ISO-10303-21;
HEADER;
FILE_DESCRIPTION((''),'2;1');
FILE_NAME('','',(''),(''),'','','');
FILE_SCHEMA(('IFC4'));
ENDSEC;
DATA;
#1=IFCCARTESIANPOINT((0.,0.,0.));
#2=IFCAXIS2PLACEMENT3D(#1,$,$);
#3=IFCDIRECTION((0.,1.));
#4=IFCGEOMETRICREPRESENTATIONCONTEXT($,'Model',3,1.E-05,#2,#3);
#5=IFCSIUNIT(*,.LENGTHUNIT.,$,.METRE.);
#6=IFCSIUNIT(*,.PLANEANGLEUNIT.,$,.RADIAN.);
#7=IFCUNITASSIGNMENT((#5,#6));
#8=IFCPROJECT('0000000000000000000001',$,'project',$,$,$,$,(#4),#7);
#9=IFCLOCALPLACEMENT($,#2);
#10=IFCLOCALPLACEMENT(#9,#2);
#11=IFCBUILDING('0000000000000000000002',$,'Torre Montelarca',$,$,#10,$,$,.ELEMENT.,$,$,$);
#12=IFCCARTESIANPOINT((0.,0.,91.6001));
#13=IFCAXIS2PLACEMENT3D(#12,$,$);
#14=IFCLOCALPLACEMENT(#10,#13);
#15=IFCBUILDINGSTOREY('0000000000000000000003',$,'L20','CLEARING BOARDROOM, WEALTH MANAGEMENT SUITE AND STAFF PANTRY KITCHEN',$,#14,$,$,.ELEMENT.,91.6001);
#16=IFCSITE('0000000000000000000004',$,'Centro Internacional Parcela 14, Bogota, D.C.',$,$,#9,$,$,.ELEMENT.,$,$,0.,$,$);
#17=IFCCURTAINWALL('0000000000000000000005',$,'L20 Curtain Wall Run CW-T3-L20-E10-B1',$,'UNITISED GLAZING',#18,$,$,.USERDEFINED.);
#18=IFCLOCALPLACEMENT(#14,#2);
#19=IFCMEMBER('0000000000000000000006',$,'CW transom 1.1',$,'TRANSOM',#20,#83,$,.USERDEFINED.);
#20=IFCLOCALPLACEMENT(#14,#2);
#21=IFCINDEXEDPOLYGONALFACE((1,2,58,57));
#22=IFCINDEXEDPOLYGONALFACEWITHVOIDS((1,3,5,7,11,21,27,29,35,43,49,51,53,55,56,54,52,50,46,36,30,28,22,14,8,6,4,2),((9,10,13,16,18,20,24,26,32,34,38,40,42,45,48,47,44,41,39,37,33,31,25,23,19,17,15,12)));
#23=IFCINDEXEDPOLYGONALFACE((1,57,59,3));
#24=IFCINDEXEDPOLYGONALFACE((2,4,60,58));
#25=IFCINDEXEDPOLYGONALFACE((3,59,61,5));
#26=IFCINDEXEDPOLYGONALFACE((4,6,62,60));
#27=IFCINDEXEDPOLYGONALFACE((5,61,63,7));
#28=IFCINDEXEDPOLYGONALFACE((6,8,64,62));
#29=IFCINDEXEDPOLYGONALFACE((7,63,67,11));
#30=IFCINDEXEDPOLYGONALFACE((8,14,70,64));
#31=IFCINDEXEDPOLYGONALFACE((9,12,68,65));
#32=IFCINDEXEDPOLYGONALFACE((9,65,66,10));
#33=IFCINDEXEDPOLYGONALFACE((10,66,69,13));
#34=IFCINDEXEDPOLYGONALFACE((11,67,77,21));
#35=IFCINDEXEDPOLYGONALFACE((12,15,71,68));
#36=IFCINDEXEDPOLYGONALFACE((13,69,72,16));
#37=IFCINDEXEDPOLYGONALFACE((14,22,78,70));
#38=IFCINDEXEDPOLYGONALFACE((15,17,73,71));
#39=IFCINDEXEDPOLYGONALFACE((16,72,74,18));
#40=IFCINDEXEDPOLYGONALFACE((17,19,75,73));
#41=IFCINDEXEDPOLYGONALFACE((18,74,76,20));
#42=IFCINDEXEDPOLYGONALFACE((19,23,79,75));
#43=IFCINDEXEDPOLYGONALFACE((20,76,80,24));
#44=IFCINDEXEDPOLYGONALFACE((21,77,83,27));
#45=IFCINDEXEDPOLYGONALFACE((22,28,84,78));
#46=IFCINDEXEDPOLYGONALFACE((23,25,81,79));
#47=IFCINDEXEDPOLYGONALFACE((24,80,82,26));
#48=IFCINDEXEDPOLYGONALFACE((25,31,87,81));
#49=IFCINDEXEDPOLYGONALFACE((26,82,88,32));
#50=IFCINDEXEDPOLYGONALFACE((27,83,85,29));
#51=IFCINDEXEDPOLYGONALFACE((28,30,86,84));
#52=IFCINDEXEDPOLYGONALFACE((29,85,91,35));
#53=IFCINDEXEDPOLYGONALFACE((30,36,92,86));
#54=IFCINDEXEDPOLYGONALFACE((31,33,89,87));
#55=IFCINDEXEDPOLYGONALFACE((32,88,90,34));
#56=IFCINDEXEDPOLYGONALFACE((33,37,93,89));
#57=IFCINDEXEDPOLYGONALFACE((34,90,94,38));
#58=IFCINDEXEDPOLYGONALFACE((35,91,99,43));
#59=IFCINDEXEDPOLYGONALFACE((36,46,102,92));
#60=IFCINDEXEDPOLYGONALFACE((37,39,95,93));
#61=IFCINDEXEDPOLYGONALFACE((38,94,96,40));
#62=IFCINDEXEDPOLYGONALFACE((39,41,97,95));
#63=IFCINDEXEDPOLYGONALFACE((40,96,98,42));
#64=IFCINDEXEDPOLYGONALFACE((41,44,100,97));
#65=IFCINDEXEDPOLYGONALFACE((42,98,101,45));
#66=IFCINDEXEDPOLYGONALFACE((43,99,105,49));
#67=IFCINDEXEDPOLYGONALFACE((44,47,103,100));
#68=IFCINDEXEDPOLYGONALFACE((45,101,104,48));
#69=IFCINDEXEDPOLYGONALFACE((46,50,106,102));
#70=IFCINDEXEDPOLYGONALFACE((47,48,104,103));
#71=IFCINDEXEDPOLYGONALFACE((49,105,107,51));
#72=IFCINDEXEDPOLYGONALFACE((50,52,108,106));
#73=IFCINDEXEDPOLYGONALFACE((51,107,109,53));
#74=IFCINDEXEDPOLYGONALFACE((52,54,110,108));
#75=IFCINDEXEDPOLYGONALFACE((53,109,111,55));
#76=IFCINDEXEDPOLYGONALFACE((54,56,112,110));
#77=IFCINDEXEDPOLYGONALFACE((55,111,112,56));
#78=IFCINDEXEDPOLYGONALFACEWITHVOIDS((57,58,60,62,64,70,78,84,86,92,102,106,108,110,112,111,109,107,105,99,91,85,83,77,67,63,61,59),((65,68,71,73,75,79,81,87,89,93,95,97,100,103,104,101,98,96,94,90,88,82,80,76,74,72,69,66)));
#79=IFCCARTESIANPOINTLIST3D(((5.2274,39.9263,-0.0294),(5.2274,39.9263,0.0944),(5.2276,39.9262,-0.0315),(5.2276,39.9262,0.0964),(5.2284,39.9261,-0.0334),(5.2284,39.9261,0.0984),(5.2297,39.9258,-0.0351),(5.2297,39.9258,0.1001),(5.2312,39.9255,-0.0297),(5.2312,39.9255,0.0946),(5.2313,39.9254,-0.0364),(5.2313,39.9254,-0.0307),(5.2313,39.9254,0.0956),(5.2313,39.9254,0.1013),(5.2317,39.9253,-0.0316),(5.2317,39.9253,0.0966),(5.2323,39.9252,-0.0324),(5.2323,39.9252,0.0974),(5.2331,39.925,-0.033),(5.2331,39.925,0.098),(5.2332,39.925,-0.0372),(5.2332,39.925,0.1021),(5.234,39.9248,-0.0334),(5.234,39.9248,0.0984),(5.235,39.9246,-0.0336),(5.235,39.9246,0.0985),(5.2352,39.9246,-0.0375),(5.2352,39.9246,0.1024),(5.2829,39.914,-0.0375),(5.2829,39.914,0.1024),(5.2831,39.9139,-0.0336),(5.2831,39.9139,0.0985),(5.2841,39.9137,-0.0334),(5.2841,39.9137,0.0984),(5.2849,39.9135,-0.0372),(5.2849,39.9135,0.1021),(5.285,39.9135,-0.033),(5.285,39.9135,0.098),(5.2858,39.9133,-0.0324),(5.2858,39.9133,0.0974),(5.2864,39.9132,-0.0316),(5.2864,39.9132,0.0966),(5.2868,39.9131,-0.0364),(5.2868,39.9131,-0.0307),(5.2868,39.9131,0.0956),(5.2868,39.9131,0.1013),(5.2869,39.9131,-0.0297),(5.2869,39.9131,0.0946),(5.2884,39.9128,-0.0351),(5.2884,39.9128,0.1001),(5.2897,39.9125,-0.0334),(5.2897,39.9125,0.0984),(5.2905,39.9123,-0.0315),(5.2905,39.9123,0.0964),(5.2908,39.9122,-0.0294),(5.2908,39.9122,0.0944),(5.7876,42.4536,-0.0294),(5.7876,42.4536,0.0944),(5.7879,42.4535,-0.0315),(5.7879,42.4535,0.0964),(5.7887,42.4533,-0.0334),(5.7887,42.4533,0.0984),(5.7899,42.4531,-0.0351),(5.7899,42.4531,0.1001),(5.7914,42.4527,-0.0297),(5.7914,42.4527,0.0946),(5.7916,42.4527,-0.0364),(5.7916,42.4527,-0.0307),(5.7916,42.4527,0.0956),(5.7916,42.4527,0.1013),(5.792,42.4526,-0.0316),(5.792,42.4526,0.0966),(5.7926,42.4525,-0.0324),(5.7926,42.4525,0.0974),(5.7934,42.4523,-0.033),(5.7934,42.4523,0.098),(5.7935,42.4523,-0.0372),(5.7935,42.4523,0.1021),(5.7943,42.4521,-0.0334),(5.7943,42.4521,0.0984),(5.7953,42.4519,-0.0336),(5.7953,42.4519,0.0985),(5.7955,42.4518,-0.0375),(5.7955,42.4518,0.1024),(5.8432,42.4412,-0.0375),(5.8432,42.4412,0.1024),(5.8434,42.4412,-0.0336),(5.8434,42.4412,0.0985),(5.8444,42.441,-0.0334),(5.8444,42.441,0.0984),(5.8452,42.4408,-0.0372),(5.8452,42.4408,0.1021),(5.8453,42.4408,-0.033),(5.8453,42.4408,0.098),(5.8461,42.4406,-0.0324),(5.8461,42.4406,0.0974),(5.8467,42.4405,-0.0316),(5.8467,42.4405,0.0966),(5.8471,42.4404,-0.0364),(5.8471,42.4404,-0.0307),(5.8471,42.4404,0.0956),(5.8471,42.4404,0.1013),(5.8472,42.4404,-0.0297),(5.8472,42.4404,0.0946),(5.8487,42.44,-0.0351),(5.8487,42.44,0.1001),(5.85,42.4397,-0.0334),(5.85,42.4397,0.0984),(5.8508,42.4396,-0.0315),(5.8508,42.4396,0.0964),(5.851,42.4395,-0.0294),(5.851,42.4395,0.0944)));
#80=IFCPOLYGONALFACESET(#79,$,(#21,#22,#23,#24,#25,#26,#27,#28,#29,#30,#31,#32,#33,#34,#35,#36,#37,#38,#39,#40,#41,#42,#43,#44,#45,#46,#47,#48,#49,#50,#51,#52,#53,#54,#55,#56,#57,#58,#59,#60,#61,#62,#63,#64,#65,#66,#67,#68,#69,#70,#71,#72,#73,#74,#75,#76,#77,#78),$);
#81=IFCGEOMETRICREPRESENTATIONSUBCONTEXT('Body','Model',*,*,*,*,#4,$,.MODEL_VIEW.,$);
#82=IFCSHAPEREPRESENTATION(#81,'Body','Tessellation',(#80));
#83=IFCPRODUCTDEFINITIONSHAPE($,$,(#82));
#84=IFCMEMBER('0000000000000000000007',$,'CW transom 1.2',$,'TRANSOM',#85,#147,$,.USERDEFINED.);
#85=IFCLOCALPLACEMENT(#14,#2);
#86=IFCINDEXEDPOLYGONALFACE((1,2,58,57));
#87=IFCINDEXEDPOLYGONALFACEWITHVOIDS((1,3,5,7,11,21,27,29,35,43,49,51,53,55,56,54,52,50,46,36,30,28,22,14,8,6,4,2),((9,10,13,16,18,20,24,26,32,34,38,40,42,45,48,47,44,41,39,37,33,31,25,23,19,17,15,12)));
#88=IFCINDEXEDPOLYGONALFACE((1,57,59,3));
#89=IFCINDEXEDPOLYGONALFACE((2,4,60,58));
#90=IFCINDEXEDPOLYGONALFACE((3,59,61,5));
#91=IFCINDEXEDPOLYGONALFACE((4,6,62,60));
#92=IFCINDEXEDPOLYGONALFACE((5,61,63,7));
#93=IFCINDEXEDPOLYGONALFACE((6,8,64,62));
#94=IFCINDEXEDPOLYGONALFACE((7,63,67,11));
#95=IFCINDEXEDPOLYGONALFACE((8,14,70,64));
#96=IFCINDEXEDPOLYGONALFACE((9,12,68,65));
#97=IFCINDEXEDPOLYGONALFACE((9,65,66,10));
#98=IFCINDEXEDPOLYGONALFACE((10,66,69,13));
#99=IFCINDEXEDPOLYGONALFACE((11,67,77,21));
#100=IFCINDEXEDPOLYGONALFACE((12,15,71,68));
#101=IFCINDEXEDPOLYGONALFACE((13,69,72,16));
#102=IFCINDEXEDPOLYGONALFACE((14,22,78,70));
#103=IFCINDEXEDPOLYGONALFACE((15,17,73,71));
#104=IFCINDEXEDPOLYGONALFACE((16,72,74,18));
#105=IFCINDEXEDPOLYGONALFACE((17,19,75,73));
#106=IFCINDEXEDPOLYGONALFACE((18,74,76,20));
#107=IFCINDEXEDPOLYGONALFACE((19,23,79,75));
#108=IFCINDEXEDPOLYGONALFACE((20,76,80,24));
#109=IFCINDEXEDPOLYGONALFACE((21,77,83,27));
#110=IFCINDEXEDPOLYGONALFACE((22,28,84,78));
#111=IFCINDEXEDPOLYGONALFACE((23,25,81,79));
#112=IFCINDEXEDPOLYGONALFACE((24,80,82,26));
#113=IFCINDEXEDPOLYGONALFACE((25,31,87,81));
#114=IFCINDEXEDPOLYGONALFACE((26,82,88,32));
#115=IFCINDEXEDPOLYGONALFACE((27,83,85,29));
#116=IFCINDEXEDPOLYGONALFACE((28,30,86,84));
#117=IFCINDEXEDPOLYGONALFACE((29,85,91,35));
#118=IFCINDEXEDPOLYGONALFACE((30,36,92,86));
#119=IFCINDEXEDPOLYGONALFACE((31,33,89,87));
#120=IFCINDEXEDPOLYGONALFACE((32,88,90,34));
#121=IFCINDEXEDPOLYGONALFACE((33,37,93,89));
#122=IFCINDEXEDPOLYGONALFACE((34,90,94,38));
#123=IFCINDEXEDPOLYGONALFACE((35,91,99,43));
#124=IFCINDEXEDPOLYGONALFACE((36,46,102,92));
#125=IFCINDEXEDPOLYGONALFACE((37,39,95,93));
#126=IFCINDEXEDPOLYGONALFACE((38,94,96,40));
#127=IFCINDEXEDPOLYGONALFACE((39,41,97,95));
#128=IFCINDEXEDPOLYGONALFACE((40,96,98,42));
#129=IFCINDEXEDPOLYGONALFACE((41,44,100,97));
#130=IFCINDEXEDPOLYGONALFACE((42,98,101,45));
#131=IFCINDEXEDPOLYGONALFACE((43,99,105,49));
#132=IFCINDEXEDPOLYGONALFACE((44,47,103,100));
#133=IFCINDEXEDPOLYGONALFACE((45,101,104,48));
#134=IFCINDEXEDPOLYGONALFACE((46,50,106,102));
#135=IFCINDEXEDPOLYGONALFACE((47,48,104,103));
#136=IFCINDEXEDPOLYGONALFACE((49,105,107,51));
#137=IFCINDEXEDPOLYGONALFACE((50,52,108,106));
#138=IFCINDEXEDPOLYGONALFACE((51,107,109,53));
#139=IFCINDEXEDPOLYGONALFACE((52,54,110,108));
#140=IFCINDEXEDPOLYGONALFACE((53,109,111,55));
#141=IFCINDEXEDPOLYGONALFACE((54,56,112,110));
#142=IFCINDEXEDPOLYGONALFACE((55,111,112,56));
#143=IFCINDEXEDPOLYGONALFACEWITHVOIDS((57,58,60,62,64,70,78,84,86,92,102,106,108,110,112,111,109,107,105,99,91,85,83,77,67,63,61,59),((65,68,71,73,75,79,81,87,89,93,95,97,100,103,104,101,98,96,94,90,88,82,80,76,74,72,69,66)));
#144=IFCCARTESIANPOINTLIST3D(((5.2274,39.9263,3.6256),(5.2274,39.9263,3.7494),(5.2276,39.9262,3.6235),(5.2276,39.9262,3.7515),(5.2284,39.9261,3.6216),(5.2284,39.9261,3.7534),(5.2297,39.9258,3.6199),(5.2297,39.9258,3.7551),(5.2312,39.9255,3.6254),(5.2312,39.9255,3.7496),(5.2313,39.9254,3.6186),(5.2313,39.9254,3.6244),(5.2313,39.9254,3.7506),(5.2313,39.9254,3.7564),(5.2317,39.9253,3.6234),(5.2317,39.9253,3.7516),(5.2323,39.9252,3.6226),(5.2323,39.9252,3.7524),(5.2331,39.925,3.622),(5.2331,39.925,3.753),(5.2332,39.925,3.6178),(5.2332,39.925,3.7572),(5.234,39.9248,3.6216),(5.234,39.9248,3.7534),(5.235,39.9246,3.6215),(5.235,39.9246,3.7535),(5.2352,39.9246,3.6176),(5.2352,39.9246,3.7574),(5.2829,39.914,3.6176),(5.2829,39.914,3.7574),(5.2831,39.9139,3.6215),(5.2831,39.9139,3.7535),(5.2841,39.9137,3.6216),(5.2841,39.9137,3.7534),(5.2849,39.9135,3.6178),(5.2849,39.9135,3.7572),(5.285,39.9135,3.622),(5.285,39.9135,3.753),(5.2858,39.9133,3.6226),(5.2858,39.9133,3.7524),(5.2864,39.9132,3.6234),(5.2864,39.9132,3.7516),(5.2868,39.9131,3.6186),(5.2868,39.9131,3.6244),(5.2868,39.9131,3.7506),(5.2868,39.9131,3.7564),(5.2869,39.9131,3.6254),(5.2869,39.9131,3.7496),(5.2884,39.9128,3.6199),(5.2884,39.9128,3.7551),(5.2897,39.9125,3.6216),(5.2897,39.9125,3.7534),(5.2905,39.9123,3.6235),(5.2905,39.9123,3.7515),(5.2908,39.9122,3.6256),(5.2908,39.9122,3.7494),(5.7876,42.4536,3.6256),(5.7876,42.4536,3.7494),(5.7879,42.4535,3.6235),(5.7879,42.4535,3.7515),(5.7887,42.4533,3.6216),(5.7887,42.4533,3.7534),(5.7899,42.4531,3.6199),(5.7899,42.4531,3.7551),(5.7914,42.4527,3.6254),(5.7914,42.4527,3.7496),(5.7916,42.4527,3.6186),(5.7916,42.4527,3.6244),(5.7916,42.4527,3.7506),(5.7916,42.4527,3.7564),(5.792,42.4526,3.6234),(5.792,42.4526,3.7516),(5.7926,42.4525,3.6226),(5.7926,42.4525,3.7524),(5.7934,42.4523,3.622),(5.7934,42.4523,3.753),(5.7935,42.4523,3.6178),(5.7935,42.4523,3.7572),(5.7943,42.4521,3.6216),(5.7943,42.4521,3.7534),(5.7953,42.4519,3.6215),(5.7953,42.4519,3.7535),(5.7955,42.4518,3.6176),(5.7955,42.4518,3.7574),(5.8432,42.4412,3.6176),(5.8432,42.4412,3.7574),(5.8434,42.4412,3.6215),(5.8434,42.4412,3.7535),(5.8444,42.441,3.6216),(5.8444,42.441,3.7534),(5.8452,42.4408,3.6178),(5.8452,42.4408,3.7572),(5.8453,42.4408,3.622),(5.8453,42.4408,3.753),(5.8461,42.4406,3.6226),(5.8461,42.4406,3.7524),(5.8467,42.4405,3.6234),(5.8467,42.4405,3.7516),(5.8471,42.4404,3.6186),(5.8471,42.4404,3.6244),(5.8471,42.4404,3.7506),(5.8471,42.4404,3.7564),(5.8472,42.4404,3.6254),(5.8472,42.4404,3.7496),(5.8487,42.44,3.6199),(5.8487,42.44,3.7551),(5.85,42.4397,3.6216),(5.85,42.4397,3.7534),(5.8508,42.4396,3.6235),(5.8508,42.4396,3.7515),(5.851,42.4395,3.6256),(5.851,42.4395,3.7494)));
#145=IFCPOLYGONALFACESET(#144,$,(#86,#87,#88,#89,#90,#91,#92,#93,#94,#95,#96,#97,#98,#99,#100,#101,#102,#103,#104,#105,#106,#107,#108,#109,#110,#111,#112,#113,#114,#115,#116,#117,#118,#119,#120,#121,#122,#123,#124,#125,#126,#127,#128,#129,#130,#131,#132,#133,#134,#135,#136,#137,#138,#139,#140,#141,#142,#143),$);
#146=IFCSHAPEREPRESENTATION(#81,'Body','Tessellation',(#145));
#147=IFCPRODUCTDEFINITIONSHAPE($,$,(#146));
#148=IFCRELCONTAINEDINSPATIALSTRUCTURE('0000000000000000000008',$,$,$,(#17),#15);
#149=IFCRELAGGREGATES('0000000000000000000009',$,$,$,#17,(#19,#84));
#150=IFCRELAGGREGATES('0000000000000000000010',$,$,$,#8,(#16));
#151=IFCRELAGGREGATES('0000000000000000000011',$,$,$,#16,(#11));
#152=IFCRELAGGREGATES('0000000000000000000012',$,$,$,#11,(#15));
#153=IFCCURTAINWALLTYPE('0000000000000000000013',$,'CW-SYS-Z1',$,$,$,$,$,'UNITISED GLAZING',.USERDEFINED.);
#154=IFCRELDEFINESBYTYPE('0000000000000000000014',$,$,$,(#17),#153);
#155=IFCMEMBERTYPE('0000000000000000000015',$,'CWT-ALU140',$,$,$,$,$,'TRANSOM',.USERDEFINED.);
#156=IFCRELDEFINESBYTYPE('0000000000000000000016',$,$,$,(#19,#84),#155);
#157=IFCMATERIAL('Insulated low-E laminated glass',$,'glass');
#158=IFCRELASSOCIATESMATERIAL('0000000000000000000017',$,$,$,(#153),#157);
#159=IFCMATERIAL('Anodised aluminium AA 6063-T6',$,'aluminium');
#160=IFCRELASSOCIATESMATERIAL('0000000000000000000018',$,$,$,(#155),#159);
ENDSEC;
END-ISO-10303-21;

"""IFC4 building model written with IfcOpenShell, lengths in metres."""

from ifc_helpers import new_model, si_unit, direction, frame, origin, origin_2d, place, context, subcontext, project, spatial, hollow_rectangle, extrude, source, transform, mapped, material, material_profile, profile_set, type_object, element, aggregate, save


model = new_model("IFC4")

# Units and contexts
model_context = context("Model", 3, precision=1e-05, world=origin(), true_north=direction((0.0, 1.0)))
body_context = subcontext(model_context, "Body", "Model", "MODEL_VIEW")
ifc_project = project(units=[si_unit("LENGTHUNIT", "METRE"), si_unit("PLANEANGLEUNIT", "RADIAN")], contexts=[model_context])

# Site, building, storey
site_placement = place(None, origin())
site = spatial("IfcSite", under=ifc_project, at=site_placement, Name="Centro Internacional Parcela 14, Bogota, D.C.", CompositionType="ELEMENT", RefElevation=0.0)
building_placement = place(site_placement, origin())
building = spatial("IfcBuilding", under=site, at=building_placement, Name="Torre Montelarca", CompositionType="ELEMENT")
storey_placement = place(building_placement, frame((0.0, 0.0, 91.6001)))
storey = spatial("IfcBuildingStorey", under=building, at=storey_placement, Name="L20", Description="CLEARING BOARDROOM, WEALTH MANAGEMENT SUITE AND STAFF PANTRY KITCHEN", CompositionType="ELEMENT", Elevation=91.6001)

# Curtain wall, members
ifc_material_1 = material(Name="Insulated low-E laminated glass", Category="glass")
curtain_wall_type = type_object("IfcCurtainWallType", Name="CW-SYS-Z1", ElementType="UNITISED GLAZING", PredefinedType="USERDEFINED", material=ifc_material_1)
ifc_material_2 = material(Name="Anodised aluminium AA 6063-T6", Category="aluminium")
ifc_material_profile_1 = material_profile(ifc_material_2, hollow_rectangle(XDim=0.0649, YDim=0.1399, WallThickness=0.0039, InnerFilletRadius=0.0039, OuterFilletRadius=0.0081, at=origin_2d()), Name="ALU65X140X4", Category="aluminium")
ifc_profile_set_1 = profile_set([ifc_material_profile_1], Name="Anodised aluminium AA 6063-T6")
member_type_1 = type_object("IfcMemberType", Name="CWT-ALU140", ElementType="TRANSOM", PredefinedType="USERDEFINED", material=ifc_profile_set_1)
curtain_wall_1_placement = place(storey_placement, origin())
curtain_wall_1 = element("IfcCurtainWall", 1, at=curtain_wall_1_placement, inside=storey, type_object=curtain_wall_type, Name="L20 Curtain Wall Run CW-T3-L20-E10-B1", ObjectType="UNITISED GLAZING", PredefinedType="USERDEFINED")
shared_shape_1 = source(origin(), body_context, "Body", "SweptSolid", [
    extrude(hollow_rectangle(XDim=0.0649, YDim=0.1399, WallThickness=0.0039, InnerFilletRadius=0.0039, OuterFilletRadius=0.0081, at=origin_2d()), origin(), (0.0, 0.0, 1.0), 2.5886),
])
member_1_placement = place(storey_placement, frame((5.8193, 42.4465, 0.0325), z_axis=(-0.216441, -0.976296, 0.0), x_axis=(0.976296, -0.216441, 0.0)))
member_1 = element("IfcMember", 2, at=member_1_placement, type_object=member_type_1, Name="CW transom 1.1", ObjectType="TRANSOM", PredefinedType="USERDEFINED", context=body_context, shape_type="MappedRepresentation", body=[
    mapped(shared_shape_1, transform((0.0, 0.0, 0.0), scale=1.0)),
])
member_2_placement = place(storey_placement, frame((5.8193, 42.4465, 3.6875), z_axis=(-0.216441, -0.976296, 0.0), x_axis=(0.976296, -0.216441, 0.0)))
member_2 = element("IfcMember", 3, at=member_2_placement, type_object=member_type_1, Name="CW transom 1.2", ObjectType="TRANSOM", PredefinedType="USERDEFINED", context=body_context, shape_type="MappedRepresentation", body=[
    mapped(shared_shape_1, transform((0.0, 0.0, 0.0), scale=1.0)),
])

aggregate(curtain_wall_1, [member_1, member_2])

save(model, "model.ifc")
